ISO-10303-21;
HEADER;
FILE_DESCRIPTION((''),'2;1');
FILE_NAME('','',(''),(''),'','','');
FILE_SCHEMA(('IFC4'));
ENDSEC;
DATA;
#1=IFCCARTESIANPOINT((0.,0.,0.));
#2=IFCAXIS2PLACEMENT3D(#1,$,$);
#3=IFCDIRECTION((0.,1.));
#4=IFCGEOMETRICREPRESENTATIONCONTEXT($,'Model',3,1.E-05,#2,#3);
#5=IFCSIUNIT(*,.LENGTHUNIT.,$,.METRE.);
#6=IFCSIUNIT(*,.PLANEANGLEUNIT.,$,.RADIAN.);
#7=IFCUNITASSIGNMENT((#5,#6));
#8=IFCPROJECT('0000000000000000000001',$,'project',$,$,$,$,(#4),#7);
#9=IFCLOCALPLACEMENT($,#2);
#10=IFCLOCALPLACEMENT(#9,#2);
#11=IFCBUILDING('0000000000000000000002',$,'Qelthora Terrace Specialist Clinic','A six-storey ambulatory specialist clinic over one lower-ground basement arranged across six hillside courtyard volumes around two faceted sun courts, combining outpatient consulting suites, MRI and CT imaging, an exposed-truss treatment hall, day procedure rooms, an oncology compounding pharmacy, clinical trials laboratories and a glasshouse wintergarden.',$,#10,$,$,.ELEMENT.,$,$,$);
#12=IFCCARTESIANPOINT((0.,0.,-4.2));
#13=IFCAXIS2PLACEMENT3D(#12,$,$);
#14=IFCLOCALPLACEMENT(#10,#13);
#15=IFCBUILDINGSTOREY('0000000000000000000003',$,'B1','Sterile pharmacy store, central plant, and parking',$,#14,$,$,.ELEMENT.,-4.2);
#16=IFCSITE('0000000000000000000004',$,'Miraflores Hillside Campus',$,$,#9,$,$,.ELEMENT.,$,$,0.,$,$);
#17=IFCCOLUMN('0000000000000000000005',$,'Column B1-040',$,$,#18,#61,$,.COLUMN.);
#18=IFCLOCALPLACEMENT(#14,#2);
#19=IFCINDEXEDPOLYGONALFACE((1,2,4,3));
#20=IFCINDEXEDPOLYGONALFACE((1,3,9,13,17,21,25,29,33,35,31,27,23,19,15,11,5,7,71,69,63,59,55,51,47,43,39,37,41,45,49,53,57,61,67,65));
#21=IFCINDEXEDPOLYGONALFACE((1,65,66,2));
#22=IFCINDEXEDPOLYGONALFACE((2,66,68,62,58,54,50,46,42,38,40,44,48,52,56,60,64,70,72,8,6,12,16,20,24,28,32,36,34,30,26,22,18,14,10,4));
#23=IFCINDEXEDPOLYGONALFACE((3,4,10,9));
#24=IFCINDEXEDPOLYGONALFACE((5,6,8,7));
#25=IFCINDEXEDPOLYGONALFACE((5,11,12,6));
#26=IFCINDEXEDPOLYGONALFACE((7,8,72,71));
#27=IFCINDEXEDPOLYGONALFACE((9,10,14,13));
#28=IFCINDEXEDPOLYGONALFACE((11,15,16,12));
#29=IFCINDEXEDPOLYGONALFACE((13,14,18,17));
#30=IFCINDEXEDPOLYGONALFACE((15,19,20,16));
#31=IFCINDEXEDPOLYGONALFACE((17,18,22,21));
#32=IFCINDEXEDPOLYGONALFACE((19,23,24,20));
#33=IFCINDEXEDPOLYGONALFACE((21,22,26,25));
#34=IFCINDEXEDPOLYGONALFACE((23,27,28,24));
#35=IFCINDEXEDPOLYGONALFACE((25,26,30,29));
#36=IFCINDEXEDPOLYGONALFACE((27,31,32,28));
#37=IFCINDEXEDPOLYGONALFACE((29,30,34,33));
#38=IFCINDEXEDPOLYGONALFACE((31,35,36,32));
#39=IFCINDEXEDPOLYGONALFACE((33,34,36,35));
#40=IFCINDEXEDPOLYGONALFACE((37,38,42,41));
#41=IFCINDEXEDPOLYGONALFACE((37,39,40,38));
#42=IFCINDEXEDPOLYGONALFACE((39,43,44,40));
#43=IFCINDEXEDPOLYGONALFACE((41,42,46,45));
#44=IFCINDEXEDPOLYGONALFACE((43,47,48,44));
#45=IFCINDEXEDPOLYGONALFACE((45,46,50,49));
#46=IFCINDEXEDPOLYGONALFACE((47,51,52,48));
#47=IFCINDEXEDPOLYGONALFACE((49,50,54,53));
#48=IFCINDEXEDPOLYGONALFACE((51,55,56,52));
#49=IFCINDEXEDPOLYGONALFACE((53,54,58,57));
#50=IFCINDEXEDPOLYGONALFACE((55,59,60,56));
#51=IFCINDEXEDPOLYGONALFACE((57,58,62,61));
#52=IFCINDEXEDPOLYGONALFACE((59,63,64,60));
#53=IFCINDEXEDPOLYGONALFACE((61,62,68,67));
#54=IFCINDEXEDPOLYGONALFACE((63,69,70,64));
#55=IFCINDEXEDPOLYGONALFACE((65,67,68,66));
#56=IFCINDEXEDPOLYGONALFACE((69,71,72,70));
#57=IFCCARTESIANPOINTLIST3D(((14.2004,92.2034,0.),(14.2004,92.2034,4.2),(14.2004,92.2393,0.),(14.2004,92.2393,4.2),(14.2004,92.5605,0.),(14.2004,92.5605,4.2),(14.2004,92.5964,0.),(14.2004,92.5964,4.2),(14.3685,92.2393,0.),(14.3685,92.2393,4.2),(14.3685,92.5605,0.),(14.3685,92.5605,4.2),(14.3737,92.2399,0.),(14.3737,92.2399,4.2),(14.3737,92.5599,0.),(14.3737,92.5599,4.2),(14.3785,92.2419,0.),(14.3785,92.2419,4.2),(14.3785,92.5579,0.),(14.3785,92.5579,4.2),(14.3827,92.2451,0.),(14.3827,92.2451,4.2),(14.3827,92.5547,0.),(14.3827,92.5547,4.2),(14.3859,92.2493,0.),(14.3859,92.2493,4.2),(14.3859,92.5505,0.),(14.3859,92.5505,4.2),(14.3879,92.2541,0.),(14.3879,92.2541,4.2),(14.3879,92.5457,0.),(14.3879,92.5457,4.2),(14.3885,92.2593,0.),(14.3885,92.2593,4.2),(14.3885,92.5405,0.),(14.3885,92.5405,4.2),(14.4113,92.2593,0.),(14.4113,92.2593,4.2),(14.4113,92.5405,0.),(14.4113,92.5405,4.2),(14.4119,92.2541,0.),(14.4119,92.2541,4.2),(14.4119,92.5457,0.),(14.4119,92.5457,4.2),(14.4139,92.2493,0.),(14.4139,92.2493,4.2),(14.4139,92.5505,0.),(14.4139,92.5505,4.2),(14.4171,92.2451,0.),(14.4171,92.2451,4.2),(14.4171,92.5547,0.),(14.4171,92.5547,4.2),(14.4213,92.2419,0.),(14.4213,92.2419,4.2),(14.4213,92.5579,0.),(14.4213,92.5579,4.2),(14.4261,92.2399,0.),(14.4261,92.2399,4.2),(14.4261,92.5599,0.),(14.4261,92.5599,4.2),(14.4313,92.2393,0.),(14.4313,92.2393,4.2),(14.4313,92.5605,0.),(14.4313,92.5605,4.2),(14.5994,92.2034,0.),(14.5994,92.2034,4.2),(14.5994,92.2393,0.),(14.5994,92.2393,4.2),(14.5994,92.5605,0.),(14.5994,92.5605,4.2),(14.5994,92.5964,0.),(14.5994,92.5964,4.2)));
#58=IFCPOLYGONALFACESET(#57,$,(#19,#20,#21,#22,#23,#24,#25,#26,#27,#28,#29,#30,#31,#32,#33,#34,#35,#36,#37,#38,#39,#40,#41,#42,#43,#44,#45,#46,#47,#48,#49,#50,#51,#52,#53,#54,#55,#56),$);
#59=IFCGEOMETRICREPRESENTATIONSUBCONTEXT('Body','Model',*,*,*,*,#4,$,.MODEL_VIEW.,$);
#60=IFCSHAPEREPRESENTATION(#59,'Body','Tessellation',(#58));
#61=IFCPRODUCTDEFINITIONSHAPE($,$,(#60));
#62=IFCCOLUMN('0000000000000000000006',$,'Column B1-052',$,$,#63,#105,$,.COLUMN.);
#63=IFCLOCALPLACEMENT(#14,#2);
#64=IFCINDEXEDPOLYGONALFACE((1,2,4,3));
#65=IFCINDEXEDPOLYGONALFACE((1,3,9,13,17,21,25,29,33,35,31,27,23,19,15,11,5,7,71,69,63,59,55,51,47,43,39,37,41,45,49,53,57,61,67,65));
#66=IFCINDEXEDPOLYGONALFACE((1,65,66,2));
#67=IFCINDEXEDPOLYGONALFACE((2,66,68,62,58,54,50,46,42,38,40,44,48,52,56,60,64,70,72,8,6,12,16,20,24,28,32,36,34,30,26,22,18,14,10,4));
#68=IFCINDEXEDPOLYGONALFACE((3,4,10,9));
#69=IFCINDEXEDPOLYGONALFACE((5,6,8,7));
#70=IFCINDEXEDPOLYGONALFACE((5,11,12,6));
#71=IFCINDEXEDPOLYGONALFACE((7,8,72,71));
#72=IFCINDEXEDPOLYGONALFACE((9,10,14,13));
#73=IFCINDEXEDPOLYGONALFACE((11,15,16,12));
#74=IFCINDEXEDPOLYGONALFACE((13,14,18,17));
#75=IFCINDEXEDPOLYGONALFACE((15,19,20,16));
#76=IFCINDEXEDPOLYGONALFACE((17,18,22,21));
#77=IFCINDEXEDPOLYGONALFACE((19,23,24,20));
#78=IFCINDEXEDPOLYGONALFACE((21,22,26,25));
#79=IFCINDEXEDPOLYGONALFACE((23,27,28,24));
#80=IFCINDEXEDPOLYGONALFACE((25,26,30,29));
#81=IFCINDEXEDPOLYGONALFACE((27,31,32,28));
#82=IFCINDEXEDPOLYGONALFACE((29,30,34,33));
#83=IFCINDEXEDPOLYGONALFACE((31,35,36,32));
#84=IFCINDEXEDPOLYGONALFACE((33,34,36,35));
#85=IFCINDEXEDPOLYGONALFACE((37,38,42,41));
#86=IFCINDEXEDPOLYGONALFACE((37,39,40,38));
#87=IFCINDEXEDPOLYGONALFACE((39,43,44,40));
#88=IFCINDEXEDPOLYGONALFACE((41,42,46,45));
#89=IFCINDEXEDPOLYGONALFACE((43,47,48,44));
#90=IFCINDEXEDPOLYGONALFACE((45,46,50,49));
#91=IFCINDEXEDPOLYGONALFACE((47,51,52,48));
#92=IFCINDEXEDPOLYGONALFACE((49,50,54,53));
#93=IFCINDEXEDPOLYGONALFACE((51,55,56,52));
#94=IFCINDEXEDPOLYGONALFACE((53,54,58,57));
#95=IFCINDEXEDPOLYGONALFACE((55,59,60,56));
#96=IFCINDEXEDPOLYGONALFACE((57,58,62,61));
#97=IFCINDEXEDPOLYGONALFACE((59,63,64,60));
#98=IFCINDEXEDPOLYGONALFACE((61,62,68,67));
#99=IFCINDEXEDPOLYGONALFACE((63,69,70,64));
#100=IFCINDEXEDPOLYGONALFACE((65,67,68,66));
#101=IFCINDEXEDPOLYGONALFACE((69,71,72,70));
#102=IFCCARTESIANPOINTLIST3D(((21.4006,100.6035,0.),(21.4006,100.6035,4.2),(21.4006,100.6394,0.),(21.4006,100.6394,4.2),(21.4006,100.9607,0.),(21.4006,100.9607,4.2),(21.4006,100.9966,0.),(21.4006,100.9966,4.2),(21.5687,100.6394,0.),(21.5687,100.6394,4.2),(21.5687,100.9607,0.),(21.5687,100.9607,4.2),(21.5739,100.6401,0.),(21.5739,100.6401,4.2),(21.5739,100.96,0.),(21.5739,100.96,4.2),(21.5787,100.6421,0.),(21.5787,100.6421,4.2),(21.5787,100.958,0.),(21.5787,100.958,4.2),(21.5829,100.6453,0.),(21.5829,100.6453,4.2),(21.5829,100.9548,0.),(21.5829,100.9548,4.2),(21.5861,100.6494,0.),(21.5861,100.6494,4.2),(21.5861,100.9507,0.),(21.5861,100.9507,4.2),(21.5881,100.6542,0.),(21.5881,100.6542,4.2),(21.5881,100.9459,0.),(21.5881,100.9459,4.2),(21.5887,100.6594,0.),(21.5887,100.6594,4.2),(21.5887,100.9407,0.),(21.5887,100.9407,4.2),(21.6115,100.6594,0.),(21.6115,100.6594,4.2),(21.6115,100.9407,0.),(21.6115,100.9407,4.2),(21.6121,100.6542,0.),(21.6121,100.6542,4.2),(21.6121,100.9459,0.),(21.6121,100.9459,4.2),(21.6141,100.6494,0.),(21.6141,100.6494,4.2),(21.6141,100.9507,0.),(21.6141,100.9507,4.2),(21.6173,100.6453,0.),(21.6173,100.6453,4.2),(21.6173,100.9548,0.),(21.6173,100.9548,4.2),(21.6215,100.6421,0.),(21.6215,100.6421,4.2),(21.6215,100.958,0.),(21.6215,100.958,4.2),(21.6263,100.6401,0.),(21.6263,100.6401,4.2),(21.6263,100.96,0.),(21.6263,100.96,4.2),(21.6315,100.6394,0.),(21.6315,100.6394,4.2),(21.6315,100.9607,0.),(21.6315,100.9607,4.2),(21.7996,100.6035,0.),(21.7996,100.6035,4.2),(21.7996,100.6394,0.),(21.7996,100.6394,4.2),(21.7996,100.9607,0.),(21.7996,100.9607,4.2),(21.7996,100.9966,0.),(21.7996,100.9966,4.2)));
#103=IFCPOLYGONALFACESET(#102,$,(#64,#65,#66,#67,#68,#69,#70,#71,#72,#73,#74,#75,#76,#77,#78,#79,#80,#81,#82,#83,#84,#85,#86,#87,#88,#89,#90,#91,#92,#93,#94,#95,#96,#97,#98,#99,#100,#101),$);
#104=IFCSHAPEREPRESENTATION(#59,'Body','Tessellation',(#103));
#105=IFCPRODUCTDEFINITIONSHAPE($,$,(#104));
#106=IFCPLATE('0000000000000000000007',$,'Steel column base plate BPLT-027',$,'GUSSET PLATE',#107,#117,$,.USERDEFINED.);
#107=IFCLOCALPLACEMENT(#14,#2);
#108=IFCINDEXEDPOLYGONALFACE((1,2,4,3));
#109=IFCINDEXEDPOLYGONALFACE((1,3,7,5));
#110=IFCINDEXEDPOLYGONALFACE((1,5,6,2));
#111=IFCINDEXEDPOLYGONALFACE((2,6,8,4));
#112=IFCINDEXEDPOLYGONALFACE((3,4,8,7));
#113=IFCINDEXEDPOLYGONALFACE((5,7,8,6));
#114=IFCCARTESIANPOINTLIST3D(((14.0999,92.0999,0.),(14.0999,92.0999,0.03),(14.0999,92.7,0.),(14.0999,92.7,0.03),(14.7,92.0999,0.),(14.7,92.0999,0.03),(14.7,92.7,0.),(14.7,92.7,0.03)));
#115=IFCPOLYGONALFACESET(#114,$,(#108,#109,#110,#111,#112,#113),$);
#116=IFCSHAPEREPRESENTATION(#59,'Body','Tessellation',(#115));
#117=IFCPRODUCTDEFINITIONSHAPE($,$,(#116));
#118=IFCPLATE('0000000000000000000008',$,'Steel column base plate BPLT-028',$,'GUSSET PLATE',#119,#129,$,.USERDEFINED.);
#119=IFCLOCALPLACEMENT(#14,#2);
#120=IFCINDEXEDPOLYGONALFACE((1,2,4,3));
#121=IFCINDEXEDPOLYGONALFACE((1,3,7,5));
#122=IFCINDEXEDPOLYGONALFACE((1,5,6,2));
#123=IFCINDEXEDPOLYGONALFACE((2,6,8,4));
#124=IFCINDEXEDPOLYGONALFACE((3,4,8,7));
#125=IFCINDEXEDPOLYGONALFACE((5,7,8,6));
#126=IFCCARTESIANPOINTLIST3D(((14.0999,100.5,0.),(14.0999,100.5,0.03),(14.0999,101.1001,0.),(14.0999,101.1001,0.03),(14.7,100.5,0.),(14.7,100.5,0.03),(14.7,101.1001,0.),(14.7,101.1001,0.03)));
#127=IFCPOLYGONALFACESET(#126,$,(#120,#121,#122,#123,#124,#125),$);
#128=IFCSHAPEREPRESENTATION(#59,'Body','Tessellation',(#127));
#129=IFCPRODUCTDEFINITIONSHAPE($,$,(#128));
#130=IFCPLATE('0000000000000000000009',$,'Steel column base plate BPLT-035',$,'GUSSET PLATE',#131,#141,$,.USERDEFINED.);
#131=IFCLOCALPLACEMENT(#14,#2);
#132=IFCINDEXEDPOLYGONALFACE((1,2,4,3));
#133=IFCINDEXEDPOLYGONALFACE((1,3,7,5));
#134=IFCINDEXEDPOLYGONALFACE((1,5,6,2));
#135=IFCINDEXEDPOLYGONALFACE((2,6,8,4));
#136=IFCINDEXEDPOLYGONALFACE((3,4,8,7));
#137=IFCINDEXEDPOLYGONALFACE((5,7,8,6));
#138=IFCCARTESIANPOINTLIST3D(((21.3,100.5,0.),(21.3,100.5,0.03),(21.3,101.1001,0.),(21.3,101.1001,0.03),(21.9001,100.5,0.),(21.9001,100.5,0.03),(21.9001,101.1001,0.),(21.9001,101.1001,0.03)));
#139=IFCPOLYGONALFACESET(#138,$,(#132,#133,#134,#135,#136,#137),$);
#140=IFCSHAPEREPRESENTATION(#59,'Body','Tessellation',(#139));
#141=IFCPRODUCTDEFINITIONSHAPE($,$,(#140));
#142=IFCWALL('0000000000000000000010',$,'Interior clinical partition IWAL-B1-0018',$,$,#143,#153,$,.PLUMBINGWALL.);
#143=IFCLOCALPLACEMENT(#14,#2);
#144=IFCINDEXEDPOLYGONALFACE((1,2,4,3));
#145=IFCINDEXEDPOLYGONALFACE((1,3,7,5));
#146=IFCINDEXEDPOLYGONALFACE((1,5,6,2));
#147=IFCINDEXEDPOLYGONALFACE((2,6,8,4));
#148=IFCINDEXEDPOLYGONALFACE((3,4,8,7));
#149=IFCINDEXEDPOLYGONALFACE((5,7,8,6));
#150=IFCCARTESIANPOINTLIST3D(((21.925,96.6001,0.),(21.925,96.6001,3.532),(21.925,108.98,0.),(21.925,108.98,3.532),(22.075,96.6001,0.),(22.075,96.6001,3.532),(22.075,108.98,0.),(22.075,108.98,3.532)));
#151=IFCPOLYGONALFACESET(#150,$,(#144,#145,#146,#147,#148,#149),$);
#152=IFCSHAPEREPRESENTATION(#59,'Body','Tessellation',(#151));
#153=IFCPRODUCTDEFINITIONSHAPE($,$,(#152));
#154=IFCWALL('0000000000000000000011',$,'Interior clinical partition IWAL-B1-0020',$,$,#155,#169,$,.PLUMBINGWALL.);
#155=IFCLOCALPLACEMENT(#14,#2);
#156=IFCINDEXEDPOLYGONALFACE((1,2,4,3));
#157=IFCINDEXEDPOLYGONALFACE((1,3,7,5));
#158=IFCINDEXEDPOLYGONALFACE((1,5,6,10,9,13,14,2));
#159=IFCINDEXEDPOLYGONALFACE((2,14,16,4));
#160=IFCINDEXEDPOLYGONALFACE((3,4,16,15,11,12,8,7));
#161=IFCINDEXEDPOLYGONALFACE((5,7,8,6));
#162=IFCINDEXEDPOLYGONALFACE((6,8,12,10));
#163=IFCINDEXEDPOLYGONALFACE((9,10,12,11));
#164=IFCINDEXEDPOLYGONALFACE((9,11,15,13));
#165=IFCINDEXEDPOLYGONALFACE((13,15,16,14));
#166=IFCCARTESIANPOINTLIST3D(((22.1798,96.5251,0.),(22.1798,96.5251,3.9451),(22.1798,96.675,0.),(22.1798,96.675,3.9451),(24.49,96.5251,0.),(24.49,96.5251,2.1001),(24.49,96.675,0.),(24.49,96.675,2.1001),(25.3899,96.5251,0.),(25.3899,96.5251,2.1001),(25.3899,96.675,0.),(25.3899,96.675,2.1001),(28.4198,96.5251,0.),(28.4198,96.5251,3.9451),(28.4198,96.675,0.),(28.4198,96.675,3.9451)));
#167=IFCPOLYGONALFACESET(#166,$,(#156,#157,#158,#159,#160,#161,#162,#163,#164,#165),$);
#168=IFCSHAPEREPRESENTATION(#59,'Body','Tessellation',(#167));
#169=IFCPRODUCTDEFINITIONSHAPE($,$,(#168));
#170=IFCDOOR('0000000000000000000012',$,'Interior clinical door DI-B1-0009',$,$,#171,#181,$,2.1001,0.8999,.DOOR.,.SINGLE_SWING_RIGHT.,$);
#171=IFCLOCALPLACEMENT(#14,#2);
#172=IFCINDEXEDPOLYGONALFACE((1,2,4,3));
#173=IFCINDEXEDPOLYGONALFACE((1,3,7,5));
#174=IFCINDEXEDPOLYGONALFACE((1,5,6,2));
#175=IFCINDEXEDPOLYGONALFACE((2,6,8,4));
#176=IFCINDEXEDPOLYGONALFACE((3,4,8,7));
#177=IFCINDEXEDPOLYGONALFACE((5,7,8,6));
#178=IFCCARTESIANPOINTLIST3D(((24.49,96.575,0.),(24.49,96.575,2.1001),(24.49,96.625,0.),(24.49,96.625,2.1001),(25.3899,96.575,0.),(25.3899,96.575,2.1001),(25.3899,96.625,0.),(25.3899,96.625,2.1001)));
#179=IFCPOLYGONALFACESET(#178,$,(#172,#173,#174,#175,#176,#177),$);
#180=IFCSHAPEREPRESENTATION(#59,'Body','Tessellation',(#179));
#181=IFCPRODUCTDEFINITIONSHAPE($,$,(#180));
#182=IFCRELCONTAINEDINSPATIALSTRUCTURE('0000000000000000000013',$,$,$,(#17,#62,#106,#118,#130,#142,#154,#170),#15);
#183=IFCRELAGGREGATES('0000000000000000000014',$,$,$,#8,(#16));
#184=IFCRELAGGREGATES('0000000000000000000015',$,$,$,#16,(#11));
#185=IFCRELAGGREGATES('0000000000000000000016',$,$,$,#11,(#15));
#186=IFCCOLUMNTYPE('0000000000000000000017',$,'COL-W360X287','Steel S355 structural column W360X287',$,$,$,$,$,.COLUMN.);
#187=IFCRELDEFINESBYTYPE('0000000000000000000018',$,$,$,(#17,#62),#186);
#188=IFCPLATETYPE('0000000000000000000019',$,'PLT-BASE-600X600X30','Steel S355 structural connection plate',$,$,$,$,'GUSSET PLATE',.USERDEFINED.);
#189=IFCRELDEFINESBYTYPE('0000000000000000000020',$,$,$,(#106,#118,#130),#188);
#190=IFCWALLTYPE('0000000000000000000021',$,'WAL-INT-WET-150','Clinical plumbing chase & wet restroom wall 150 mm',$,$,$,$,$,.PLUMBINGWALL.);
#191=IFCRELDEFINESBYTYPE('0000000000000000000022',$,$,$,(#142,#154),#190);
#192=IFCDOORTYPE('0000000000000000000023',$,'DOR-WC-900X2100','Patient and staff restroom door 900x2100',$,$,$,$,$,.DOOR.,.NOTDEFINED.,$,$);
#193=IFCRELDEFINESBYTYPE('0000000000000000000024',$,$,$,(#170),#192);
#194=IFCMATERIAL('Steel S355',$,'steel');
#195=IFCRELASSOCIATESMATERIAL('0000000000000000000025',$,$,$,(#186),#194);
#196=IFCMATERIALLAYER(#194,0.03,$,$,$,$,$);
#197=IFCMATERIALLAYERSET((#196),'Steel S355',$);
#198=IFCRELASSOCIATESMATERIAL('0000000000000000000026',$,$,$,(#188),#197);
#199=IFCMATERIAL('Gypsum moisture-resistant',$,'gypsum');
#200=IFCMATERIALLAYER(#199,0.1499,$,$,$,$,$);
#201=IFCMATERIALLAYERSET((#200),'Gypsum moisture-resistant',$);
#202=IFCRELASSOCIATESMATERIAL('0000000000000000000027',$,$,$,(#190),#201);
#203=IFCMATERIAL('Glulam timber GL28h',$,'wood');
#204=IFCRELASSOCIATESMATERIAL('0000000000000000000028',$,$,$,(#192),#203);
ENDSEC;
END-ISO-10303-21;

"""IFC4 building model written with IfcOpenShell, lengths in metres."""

from ifc_helpers import new_model, si_unit, direction, frame, frame_2d, origin, origin_2d, place, context, subcontext, project, spatial, rectangle, i_section, extrude, material, layer, layer_set, material_profile, profile_set, type_object, element, fill, save


model = new_model("IFC4")

# Units and contexts
model_context = context("Model", 3, precision=1e-05, world=origin(), true_north=direction((0.0, 1.0)))
body_context = subcontext(model_context, "Body", "Model", "MODEL_VIEW")
ifc_project = project(units=[si_unit("LENGTHUNIT", "METRE"), si_unit("PLANEANGLEUNIT", "RADIAN")], contexts=[model_context])

# Site, building, storey
site_placement = place(None, origin())
site = spatial("IfcSite", under=ifc_project, at=site_placement, Name="Miraflores Hillside Campus", CompositionType="ELEMENT", RefElevation=0.0)
building_placement = place(site_placement, origin())
building = spatial("IfcBuilding", under=site, at=building_placement, Name="Qelthora Terrace Specialist Clinic", Description="A six-storey ambulatory specialist clinic over one lower-ground basement arranged across six hillside courtyard volumes around two faceted sun courts, combining outpatient consulting suites, MRI and CT imaging, an exposed-truss treatment hall, day procedure rooms, an oncology compounding pharmacy, clinical trials laboratories and a glasshouse wintergarden.", CompositionType="ELEMENT")
storey_placement = place(building_placement, frame((0.0, 0.0, -4.2)))
storey = spatial("IfcBuildingStorey", under=building, at=storey_placement, Name="B1", Description="Sterile pharmacy store, central plant, and parking", CompositionType="ELEMENT", Elevation=-4.2)

# Columns
ifc_material_1 = material(Name="Steel S355", Category="steel")
ifc_material_profile_1 = material_profile(ifc_material_1, i_section(OverallWidth=0.3989, OverallDepth=0.3931, WebThickness=0.0227, FlangeThickness=0.0359, FilletRadius=0.02, at=origin_2d()), Name="W360X287")
ifc_profile_set_1 = profile_set([ifc_material_profile_1], Name="Steel S355")
column_type_1 = type_object("IfcColumnType", Name="COL-W360X287", Description="Steel S355 structural column W360X287", PredefinedType="COLUMN", material=ifc_profile_set_1)
for number, where, z_axis, x_axis, name in (
    (1, (14.3999, 92.3999, 0.0), (0.0, 0.0, 1.0), (1.0, 0.0, 0.0), "Column B1-040"),
    (2, (21.6001, 100.8, 0.0), (0.0, 0.0, 1.0), (1.0, 0.0, 0.0), "Column B1-052"),
):
    element("IfcColumn", number, at=place(storey_placement, frame(where, z_axis=z_axis, x_axis=x_axis)), inside=storey, type_object=column_type_1, Name=name, PredefinedType="COLUMN", context=body_context, shape_type="SweptSolid", body=[
        extrude(i_section(OverallWidth=0.3989, OverallDepth=0.3931, WebThickness=0.0227, FlangeThickness=0.0359, FilletRadius=0.02, at=origin_2d()), origin(), (0.0, 0.0, 1.0), 4.2),
    ])

# Plates
ifc_layer_1 = layer(ifc_material_1, 0.03)
ifc_layer_set_1 = layer_set([ifc_layer_1], Name="Steel S355")
plate_type = type_object("IfcPlateType", Name="PLT-BASE-600X600X30", Description="Steel S355 structural connection plate", ElementType="GUSSET PLATE", PredefinedType="USERDEFINED", material=ifc_layer_set_1)
for number, where, z_axis, x_axis, name in (
    (3, (14.3999, 92.3999, 0.0), (0.0, 0.0, 1.0), (1.0, 0.0, 0.0), "Steel column base plate BPLT-027"),
    (4, (14.3999, 100.8, 0.0), (0.0, 0.0, 1.0), (1.0, 0.0, 0.0), "Steel column base plate BPLT-028"),
    (5, (21.6001, 100.8, 0.0), (0.0, 0.0, 1.0), (1.0, 0.0, 0.0), "Steel column base plate BPLT-035"),
):
    element("IfcPlate", number, at=place(storey_placement, frame(where, z_axis=z_axis, x_axis=x_axis)), inside=storey, type_object=plate_type, Name=name, ObjectType="GUSSET PLATE", PredefinedType="USERDEFINED", context=body_context, shape_type="SweptSolid", body=[
        extrude(rectangle(XDim=0.6001, YDim=0.6001, at=origin_2d()), origin(), (0.0, 0.0, 1.0), 0.03),
    ])

# Wall
ifc_material_2 = material(Name="Gypsum moisture-resistant", Category="gypsum")
ifc_layer_2 = layer(ifc_material_2, 0.1499)
ifc_layer_set_2 = layer_set([ifc_layer_2], Name="Gypsum moisture-resistant")
wall_type = type_object("IfcWallType", Name="WAL-INT-WET-150", Description="Clinical plumbing chase & wet restroom wall 150 mm", PredefinedType="PLUMBINGWALL", material=ifc_layer_set_2)
wall_1_placement = place(storey_placement, frame((22.0, 96.6001, 0.0), z_axis=(0.0, 0.0, 1.0), x_axis=(0.0, 1.0, 0.0)))
element("IfcWall", 6, at=wall_1_placement, inside=storey, type_object=wall_type, Name="Interior clinical partition IWAL-B1-0018", PredefinedType="PLUMBINGWALL", context=body_context, shape_type="SweptSolid", body=[
    extrude(rectangle(XDim=12.3799, YDim=0.1499, at=frame_2d((6.1899, 0.0))), origin(), (0.0, 0.0, 1.0), 3.532),
])

# Wall, opening, door
wall_2_placement = place(storey_placement, frame((28.4199, 96.6001, 0.0), z_axis=(0.0, 0.0, 1.0), x_axis=(-1.0, 0.0, 0.0)))
wall_2 = element("IfcWall", 7, at=wall_2_placement, inside=storey, type_object=wall_type, Name="Interior clinical partition IWAL-B1-0020", PredefinedType="PLUMBINGWALL", context=body_context, shape_type="SweptSolid", body=[
    extrude(rectangle(XDim=6.24, YDim=0.1499, at=frame_2d((3.1201, 0.0))), origin(), (0.0, 0.0, 1.0), 3.9451),
])
opening_placement = place(wall_2_placement, frame((3.03, 0.0, 0.0)))
opening = element("IfcOpeningElement", 8, at=opening_placement, cuts=wall_2, PredefinedType="OPENING", context=body_context, shape_type="SweptSolid", body=[
    extrude(rectangle(XDim=0.8999, YDim=2.1001, at=frame_2d((0.45, 1.05))), frame((0.0, 0.085, 0.0), z_axis=(0.0, -1.0, 0.0), x_axis=(1.0, 0.0, 0.0)), (0.0, 0.0, 1.0), 0.1699),
])
ifc_material_3 = material(Name="Glulam timber GL28h", Category="wood")
door_type = type_object("IfcDoorType", Name="DOR-WC-900X2100", Description="Patient and staff restroom door 900x2100", OperationType="NOTDEFINED", PredefinedType="DOOR", material=ifc_material_3)
door_placement = place(opening_placement, frame((0.8999, 0.0, 0.0), z_axis=(0.0, 0.0, 1.0), x_axis=(-1.0, 0.0, 0.0)))
door = element("IfcDoor", 9, at=door_placement, inside=storey, type_object=door_type, Name="Interior clinical door DI-B1-0009", OperationType="SINGLE_SWING_RIGHT", OverallHeight=2.1001, OverallWidth=0.8999, PredefinedType="DOOR", context=body_context, shape_type="SweptSolid", body=[
    extrude(rectangle(XDim=0.8999, YDim=2.1001, at=frame_2d((0.45, 1.05))), frame((0.0, 0.0249, 0.0), z_axis=(0.0, -1.0, 0.0), x_axis=(1.0, 0.0, 0.0)), (0.0, 0.0, 1.0), 0.05),
])
fill(opening, door)

save(model, "model.ifc")
